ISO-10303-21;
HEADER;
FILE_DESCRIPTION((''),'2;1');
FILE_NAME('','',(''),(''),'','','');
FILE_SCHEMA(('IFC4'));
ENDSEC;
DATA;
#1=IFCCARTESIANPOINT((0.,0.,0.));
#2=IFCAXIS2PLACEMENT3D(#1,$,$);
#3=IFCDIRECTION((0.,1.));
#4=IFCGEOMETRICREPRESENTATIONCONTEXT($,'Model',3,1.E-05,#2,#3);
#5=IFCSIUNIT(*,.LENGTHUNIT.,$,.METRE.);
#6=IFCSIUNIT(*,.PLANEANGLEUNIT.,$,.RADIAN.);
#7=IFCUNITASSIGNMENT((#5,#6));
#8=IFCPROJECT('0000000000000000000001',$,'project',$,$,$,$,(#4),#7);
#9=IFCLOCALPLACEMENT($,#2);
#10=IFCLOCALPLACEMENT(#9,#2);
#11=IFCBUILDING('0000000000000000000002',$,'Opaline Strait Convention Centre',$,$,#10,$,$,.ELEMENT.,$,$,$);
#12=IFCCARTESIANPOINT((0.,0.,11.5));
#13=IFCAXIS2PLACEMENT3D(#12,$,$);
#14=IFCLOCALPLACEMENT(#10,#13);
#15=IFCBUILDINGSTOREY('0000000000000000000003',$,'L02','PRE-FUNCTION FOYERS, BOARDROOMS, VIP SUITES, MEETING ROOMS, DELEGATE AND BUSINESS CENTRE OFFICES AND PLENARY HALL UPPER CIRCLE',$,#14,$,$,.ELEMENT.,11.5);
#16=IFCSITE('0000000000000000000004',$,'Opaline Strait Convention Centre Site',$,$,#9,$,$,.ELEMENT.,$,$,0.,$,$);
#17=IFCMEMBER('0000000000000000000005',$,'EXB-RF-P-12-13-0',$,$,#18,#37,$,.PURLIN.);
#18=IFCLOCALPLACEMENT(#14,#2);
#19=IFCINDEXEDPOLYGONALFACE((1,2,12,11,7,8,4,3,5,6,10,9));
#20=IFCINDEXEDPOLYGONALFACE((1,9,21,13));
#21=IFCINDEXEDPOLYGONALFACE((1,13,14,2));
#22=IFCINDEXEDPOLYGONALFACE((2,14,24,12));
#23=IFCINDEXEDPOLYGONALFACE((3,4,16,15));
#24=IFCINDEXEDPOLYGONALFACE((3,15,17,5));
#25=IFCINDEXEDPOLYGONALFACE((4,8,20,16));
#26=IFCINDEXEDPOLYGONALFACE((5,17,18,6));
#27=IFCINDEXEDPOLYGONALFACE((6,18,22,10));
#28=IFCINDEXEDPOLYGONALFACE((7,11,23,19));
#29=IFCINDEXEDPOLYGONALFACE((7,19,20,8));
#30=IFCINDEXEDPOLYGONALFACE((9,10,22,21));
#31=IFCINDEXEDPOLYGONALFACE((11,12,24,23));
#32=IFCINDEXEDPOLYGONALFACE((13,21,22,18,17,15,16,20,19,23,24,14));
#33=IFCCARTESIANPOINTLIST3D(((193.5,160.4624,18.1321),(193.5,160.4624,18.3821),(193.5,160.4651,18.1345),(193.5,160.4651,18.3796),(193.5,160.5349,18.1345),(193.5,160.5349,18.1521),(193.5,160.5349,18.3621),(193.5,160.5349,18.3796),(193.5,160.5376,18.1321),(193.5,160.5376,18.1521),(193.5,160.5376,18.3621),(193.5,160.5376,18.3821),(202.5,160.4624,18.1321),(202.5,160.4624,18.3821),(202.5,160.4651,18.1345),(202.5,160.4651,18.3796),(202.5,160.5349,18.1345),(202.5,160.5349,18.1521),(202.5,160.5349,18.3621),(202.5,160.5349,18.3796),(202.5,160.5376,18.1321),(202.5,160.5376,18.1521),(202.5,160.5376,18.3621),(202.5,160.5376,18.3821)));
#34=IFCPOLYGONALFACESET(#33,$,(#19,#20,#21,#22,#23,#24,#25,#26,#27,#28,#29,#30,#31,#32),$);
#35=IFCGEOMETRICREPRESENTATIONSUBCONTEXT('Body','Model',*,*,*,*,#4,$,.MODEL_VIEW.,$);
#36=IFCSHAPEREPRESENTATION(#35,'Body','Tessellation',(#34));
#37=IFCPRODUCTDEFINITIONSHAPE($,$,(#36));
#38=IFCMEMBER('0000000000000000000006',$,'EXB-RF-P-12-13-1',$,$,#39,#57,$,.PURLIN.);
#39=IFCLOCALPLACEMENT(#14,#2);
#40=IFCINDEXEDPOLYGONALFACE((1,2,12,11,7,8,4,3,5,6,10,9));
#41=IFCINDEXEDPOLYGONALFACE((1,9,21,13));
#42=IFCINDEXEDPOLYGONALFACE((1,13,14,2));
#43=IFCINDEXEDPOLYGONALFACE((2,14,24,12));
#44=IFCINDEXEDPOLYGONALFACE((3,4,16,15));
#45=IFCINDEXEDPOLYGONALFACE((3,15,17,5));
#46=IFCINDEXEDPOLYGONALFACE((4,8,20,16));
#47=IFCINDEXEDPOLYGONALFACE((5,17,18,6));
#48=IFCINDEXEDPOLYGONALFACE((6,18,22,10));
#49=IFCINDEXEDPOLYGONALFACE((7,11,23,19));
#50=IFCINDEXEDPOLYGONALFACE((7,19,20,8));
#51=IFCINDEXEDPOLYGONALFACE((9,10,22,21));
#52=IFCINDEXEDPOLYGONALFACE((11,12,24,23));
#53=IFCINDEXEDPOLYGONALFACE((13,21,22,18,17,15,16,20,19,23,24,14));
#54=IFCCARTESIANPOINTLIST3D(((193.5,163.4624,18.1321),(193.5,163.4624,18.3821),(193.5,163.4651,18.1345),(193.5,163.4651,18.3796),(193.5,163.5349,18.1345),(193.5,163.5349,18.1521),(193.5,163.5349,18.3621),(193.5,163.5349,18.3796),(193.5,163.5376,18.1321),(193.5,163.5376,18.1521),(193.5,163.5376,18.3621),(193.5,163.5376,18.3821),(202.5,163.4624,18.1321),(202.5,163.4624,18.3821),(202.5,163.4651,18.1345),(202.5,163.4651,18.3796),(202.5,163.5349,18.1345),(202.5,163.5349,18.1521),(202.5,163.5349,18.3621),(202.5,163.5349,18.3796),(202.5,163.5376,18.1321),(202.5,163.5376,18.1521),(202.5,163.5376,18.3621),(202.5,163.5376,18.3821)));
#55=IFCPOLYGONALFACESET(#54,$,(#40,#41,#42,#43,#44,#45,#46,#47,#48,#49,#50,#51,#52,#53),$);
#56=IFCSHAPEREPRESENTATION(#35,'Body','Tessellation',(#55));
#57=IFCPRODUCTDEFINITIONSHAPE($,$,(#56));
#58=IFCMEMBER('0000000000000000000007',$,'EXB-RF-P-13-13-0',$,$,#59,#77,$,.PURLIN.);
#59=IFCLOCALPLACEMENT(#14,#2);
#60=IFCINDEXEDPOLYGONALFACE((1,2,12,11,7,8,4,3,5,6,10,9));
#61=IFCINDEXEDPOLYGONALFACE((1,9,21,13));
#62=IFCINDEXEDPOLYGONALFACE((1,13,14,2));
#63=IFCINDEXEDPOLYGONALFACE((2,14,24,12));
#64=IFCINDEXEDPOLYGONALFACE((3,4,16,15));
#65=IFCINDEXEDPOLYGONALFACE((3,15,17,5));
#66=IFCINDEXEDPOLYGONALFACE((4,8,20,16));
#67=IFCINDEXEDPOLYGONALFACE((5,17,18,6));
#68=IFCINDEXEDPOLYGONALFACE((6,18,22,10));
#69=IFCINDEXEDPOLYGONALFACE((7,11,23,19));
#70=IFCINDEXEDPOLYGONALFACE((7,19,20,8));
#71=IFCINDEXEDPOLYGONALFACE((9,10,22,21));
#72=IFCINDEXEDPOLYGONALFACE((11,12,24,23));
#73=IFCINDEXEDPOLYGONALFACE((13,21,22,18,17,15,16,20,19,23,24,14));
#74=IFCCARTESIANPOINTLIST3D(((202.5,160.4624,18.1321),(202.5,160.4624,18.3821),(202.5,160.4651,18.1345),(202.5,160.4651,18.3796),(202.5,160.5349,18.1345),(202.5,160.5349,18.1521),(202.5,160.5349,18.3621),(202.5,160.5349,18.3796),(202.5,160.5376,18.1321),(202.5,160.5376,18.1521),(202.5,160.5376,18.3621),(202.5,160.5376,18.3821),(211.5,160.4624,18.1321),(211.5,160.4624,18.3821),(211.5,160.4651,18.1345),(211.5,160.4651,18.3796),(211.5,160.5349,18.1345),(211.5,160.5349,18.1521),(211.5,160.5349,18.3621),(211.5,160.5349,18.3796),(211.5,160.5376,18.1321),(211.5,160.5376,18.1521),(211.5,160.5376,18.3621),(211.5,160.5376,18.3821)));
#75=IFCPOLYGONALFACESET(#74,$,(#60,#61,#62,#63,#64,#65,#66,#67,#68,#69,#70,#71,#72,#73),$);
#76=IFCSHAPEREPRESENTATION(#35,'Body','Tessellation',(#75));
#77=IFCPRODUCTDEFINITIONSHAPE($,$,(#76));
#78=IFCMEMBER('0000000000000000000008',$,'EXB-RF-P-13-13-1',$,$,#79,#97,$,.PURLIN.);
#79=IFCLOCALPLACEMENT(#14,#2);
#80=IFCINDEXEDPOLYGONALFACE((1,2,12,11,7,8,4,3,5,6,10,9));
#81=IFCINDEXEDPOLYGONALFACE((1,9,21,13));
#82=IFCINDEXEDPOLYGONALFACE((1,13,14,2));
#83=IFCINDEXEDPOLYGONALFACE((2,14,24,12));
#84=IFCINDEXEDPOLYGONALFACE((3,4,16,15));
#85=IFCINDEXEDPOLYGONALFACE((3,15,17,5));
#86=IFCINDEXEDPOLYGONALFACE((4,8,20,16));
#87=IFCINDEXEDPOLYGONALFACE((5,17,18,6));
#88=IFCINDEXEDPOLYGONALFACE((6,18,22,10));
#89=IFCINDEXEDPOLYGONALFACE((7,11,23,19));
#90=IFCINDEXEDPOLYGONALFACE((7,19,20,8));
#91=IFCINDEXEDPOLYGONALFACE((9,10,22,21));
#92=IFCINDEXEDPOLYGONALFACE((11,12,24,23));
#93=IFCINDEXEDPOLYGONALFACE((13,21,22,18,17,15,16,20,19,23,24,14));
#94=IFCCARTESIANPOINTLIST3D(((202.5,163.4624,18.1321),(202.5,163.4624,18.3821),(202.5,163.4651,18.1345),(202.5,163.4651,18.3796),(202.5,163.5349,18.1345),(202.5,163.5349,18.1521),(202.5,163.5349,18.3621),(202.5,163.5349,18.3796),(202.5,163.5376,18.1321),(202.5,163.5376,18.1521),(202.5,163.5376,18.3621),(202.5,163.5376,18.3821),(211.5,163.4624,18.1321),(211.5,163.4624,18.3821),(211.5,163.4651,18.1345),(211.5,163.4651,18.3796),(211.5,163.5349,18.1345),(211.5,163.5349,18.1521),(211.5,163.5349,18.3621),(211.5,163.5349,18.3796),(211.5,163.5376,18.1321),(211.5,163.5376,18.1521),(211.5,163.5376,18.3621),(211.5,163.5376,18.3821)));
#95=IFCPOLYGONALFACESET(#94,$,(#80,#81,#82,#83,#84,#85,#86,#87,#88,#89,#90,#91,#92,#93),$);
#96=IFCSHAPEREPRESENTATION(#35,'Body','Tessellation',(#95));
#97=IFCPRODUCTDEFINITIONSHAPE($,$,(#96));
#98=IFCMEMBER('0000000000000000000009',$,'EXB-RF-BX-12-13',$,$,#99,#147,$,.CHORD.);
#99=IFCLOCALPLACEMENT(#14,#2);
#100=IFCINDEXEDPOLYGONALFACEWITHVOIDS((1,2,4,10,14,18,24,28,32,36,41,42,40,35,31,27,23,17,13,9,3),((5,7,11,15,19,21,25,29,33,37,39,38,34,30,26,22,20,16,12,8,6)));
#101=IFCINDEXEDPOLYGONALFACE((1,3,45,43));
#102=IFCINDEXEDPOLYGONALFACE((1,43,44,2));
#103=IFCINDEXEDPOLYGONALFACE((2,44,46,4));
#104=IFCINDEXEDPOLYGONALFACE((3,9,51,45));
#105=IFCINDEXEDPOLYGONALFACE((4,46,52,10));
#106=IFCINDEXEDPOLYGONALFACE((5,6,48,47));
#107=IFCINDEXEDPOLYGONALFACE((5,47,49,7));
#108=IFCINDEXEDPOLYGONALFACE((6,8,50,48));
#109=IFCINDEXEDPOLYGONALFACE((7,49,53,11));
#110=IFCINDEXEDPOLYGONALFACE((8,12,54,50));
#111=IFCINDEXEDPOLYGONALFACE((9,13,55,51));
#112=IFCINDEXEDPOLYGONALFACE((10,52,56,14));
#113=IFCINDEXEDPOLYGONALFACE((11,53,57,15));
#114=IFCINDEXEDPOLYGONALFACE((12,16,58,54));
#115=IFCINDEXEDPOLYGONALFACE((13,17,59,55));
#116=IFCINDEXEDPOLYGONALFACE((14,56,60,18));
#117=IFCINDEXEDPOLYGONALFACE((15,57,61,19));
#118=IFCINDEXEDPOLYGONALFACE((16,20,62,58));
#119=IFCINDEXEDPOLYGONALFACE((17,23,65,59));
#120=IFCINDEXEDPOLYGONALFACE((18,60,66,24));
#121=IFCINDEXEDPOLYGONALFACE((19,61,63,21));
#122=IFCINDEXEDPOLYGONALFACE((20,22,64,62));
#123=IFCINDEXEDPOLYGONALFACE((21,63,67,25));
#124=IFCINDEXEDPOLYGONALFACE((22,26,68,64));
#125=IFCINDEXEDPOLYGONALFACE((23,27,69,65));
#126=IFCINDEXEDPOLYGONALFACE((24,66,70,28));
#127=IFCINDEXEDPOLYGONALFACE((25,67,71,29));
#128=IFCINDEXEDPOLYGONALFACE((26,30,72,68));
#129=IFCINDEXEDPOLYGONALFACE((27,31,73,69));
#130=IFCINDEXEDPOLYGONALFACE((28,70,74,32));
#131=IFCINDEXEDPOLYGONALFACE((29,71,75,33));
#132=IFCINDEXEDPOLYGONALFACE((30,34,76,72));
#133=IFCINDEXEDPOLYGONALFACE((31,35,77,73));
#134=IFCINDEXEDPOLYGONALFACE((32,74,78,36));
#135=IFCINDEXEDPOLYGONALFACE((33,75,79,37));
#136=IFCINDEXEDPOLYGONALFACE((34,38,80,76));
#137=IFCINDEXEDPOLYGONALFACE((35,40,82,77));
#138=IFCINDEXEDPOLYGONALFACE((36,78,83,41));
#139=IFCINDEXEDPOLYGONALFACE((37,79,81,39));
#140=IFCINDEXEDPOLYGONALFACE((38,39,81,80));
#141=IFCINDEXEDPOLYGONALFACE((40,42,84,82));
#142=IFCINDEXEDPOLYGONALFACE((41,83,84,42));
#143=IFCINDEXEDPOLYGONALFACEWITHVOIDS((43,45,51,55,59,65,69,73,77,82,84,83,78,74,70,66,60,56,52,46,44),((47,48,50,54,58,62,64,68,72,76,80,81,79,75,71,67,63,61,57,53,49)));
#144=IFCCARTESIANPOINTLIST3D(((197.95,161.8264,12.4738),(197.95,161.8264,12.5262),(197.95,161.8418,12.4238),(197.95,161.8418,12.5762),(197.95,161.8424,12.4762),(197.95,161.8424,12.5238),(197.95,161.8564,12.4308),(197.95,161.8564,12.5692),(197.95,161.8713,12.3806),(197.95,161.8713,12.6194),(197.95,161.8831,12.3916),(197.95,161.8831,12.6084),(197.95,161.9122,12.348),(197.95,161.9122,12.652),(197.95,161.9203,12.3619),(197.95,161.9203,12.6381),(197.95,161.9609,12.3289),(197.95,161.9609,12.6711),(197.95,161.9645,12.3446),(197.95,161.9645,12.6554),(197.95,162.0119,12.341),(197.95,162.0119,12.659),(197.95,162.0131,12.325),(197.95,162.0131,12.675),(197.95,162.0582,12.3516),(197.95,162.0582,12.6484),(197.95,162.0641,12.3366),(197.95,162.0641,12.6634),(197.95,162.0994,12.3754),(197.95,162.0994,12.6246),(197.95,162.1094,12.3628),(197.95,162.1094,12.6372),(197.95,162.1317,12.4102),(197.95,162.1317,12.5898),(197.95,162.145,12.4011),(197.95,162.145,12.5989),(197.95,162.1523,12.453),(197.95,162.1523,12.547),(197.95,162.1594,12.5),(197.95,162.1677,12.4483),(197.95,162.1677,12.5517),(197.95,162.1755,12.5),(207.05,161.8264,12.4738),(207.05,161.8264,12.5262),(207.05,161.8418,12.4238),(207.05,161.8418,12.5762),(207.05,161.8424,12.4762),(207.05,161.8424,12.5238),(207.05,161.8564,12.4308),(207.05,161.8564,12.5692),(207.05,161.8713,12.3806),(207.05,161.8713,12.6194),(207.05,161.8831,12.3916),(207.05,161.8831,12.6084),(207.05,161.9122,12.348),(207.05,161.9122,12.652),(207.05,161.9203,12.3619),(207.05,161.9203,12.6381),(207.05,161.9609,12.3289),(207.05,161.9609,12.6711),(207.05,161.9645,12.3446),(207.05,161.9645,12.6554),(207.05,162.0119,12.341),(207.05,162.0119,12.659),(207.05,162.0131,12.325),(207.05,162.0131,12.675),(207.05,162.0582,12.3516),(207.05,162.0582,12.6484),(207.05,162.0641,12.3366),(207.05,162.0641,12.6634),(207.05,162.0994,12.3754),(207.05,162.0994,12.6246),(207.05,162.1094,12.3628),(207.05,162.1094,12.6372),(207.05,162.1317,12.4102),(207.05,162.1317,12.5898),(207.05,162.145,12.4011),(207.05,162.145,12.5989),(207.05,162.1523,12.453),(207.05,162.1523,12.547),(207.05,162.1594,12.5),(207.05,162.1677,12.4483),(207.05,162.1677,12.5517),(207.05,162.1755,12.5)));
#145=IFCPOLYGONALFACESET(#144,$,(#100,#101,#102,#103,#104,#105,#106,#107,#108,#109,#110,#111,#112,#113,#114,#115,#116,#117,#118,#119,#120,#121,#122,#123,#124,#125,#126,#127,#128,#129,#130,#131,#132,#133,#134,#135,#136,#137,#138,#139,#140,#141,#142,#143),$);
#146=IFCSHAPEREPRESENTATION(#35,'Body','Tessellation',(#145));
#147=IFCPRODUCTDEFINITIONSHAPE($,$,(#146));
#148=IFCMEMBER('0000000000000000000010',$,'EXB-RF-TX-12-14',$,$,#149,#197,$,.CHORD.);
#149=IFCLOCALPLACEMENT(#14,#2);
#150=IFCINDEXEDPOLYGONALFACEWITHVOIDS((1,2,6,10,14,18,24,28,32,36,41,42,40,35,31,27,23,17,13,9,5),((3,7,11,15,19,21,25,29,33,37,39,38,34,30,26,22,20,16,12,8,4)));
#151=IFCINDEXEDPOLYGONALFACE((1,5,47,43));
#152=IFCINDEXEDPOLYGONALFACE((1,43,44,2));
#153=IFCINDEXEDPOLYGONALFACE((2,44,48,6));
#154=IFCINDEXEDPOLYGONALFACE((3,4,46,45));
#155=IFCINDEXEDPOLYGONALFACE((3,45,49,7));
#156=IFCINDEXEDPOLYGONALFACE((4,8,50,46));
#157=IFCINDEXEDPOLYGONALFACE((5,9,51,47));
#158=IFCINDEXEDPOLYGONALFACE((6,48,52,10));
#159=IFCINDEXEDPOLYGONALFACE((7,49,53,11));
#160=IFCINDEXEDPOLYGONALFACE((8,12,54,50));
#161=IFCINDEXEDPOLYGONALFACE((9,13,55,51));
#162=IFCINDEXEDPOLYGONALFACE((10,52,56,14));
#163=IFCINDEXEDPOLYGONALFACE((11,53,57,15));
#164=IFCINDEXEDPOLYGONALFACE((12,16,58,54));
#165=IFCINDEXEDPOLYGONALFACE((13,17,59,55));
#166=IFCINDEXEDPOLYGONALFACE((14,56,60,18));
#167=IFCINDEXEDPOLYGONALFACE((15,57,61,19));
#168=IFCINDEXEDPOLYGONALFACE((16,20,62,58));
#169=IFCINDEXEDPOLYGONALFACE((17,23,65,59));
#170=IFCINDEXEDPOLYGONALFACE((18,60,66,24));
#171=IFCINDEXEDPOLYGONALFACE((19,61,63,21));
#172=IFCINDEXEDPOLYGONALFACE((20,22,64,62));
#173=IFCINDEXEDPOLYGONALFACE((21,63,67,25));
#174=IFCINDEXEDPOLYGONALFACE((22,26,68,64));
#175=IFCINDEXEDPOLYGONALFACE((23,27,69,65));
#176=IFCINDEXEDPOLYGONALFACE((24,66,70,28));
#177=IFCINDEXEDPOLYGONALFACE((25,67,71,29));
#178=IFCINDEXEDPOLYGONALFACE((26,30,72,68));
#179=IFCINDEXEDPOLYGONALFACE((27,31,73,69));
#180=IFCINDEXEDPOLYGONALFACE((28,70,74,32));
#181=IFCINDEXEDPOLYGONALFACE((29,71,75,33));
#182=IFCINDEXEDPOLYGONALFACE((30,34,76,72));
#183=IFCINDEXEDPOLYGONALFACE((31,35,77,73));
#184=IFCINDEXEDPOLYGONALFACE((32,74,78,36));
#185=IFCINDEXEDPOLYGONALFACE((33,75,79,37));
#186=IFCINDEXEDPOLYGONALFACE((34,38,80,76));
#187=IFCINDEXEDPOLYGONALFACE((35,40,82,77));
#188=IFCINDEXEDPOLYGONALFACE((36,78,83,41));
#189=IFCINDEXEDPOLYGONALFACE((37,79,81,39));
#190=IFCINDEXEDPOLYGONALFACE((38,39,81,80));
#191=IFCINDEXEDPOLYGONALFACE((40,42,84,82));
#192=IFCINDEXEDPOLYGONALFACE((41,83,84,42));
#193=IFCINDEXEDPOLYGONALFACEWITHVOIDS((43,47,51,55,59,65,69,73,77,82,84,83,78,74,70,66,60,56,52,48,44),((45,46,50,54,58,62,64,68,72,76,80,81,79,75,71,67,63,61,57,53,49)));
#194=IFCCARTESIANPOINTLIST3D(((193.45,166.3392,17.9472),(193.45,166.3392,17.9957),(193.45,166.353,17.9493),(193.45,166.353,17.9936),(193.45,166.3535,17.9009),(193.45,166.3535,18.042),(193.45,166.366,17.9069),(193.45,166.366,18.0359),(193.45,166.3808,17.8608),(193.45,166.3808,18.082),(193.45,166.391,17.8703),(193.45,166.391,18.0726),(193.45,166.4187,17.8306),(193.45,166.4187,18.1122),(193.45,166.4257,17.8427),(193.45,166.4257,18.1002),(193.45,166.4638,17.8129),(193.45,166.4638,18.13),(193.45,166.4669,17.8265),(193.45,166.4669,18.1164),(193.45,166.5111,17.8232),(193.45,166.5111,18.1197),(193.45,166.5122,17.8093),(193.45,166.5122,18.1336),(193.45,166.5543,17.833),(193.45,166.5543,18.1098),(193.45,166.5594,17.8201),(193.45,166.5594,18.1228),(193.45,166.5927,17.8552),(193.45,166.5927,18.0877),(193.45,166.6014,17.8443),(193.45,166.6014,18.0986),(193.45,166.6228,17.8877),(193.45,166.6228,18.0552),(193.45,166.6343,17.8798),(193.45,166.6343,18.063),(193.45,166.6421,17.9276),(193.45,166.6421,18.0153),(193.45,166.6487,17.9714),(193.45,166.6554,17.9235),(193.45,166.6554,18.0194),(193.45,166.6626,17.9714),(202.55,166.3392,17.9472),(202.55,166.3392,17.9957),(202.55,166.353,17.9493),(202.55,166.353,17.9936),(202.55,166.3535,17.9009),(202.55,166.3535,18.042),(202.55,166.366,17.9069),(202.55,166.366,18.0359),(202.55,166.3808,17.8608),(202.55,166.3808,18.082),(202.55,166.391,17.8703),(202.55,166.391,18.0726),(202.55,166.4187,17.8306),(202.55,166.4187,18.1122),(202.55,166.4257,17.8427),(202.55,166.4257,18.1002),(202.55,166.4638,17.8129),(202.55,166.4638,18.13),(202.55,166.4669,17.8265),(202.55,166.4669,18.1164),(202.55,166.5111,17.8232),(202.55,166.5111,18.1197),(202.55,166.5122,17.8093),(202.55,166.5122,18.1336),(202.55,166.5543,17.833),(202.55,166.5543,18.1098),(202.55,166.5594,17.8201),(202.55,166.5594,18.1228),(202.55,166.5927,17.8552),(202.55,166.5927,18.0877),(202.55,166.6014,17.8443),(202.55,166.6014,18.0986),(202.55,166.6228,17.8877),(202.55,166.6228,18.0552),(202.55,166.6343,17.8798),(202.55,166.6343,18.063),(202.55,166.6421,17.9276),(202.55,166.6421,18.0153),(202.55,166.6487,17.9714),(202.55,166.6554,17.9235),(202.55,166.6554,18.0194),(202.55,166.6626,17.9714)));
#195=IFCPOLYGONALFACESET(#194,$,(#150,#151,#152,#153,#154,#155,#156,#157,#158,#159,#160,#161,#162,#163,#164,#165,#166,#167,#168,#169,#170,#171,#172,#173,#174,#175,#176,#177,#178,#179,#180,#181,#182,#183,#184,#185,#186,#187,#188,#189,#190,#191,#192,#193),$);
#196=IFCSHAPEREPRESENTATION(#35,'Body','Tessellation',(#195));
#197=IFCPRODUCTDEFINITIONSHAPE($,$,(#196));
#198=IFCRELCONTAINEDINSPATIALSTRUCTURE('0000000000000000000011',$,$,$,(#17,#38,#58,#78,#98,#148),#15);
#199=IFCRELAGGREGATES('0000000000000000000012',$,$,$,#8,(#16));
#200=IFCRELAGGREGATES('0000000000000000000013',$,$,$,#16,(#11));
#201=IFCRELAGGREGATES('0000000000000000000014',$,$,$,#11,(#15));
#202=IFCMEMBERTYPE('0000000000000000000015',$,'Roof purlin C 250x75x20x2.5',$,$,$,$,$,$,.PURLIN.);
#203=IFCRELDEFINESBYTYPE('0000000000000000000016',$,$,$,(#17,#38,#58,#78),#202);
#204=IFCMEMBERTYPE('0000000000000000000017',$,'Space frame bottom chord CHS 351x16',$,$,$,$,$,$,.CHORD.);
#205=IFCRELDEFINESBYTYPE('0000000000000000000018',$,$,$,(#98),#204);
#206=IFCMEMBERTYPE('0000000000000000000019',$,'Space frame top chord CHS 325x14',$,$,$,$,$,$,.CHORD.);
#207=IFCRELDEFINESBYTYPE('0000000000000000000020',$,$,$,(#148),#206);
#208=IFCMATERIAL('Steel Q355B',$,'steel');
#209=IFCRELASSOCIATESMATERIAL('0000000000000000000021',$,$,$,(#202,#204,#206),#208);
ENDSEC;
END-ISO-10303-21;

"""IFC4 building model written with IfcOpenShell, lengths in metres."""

from ifc_helpers import new_model, si_unit, direction, frame, origin, origin_2d, place, context, subcontext, project, spatial, polyline, hollow_circle, outline, extrude, material, material_profile, profile_set, type_object, element, save


model = new_model("IFC4")

# Units and contexts
model_context = context("Model", 3, precision=1e-05, world=origin(), true_north=direction((0.0, 1.0)))
body_context = subcontext(model_context, "Body", "Model", "MODEL_VIEW")
ifc_project = project(units=[si_unit("LENGTHUNIT", "METRE"), si_unit("PLANEANGLEUNIT", "RADIAN")], contexts=[model_context])

# Site, building, storey
site_placement = place(None, origin())
site = spatial("IfcSite", under=ifc_project, at=site_placement, Name="Opaline Strait Convention Centre Site", CompositionType="ELEMENT", RefElevation=0.0)
building_placement = place(site_placement, origin())
building = spatial("IfcBuilding", under=site, at=building_placement, Name="Opaline Strait Convention Centre", CompositionType="ELEMENT")
storey_placement = place(building_placement, frame((0.0, 0.0, 11.5)))
storey = spatial("IfcBuildingStorey", under=building, at=storey_placement, Name="L02", Description="PRE-FUNCTION FOYERS, BOARDROOMS, VIP SUITES, MEETING ROOMS, DELEGATE AND BUSINESS CENTRE OFFICES AND PLENARY HALL UPPER CIRCLE", CompositionType="ELEMENT", Elevation=11.5)

# Members
ifc_material_1 = material(Name="Steel Q355B", Category="steel")
ifc_material_profile_1 = material_profile(ifc_material_1, outline(polyline([(-0.0376, -0.125), (0.0376, -0.125), (0.0376, -0.105), (0.0349, -0.105), (0.0349, -0.1226), (-0.0349, -0.1226), (-0.0349, 0.1226), (0.0349, 0.1226), (0.0349, 0.105), (0.0376, 0.105), (0.0376, 0.125), (-0.0376, 0.125), (-0.0376, -0.125)])), Name="C 250x75x20x2.5")
ifc_profile_set_1 = profile_set([ifc_material_profile_1], Name="Steel Q355B")
member_type_1 = type_object("IfcMemberType", Name="Roof purlin C 250x75x20x2.5", PredefinedType="PURLIN", material=ifc_profile_set_1)
for number, where, z_axis, x_axis, name in (
    (1, (193.5, 160.5, 18.2571), (1.0, 0.0, 0.0), (0.0, 1.0, 0.0), "EXB-RF-P-12-13-0"),
    (2, (193.5, 163.5, 18.2571), (1.0, 0.0, 0.0), (0.0, 1.0, 0.0), "EXB-RF-P-12-13-1"),
    (3, (202.5, 160.5, 18.2571), (1.0, 0.0, 0.0), (0.0, 1.0, 0.0), "EXB-RF-P-13-13-0"),
    (4, (202.5, 163.5, 18.2571), (1.0, 0.0, 0.0), (0.0, 1.0, 0.0), "EXB-RF-P-13-13-1"),
):
    element("IfcMember", number, at=place(storey_placement, frame(where, z_axis=z_axis, x_axis=x_axis)), inside=storey, type_object=member_type_1, Name=name, PredefinedType="PURLIN", context=body_context, shape_type="SweptSolid", body=[
        extrude(outline(polyline([(-0.0376, -0.125), (0.0376, -0.125), (0.0376, -0.105), (0.0349, -0.105), (0.0349, -0.1226), (-0.0349, -0.1226), (-0.0349, 0.1226), (0.0349, 0.1226), (0.0349, 0.105), (0.0376, 0.105), (0.0376, 0.125), (-0.0376, 0.125), (-0.0376, -0.125)])), origin(), (0.0, 0.0, 1.0), 9.0),
    ])
ifc_material_profile_2 = material_profile(ifc_material_1, hollow_circle(Radius=0.1755, WallThickness=0.0161, at=origin_2d()), Name="CHS 351x16")
ifc_profile_set_2 = profile_set([ifc_material_profile_2], Name="Steel Q355B")
member_type_2 = type_object("IfcMemberType", Name="Space frame bottom chord CHS 351x16", PredefinedType="CHORD", material=ifc_profile_set_2)
member_1_placement = place(storey_placement, frame((197.95, 162.0, 12.5), z_axis=(1.0, 0.0, 0.0), x_axis=(0.0, 1.0, 0.0)))
element("IfcMember", 5, at=member_1_placement, inside=storey, type_object=member_type_2, Name="EXB-RF-BX-12-13", PredefinedType="CHORD", context=body_context, shape_type="SweptSolid", body=[
    extrude(hollow_circle(Radius=0.1755, WallThickness=0.0161, at=origin_2d()), origin(), (0.0, 0.0, 1.0), 9.1001),
])
ifc_material_profile_3 = material_profile(ifc_material_1, hollow_circle(Radius=0.1626, WallThickness=0.0139, at=origin_2d()), Name="CHS 325x14")
ifc_profile_set_3 = profile_set([ifc_material_profile_3], Name="Steel Q355B")
member_type_3 = type_object("IfcMemberType", Name="Space frame top chord CHS 325x14", PredefinedType="CHORD", material=ifc_profile_set_3)
member_2_placement = place(storey_placement, frame((193.45, 166.5, 17.9714), z_axis=(1.0, 0.0, 0.0), x_axis=(0.0, 1.0, 0.0)))
element("IfcMember", 6, at=member_2_placement, inside=storey, type_object=member_type_3, Name="EXB-RF-TX-12-14", PredefinedType="CHORD", context=body_context, shape_type="SweptSolid", body=[
    extrude(hollow_circle(Radius=0.1626, WallThickness=0.0139, at=origin_2d()), origin(), (0.0, 0.0, 1.0), 9.1001),
])

save(model, "model.ifc")
